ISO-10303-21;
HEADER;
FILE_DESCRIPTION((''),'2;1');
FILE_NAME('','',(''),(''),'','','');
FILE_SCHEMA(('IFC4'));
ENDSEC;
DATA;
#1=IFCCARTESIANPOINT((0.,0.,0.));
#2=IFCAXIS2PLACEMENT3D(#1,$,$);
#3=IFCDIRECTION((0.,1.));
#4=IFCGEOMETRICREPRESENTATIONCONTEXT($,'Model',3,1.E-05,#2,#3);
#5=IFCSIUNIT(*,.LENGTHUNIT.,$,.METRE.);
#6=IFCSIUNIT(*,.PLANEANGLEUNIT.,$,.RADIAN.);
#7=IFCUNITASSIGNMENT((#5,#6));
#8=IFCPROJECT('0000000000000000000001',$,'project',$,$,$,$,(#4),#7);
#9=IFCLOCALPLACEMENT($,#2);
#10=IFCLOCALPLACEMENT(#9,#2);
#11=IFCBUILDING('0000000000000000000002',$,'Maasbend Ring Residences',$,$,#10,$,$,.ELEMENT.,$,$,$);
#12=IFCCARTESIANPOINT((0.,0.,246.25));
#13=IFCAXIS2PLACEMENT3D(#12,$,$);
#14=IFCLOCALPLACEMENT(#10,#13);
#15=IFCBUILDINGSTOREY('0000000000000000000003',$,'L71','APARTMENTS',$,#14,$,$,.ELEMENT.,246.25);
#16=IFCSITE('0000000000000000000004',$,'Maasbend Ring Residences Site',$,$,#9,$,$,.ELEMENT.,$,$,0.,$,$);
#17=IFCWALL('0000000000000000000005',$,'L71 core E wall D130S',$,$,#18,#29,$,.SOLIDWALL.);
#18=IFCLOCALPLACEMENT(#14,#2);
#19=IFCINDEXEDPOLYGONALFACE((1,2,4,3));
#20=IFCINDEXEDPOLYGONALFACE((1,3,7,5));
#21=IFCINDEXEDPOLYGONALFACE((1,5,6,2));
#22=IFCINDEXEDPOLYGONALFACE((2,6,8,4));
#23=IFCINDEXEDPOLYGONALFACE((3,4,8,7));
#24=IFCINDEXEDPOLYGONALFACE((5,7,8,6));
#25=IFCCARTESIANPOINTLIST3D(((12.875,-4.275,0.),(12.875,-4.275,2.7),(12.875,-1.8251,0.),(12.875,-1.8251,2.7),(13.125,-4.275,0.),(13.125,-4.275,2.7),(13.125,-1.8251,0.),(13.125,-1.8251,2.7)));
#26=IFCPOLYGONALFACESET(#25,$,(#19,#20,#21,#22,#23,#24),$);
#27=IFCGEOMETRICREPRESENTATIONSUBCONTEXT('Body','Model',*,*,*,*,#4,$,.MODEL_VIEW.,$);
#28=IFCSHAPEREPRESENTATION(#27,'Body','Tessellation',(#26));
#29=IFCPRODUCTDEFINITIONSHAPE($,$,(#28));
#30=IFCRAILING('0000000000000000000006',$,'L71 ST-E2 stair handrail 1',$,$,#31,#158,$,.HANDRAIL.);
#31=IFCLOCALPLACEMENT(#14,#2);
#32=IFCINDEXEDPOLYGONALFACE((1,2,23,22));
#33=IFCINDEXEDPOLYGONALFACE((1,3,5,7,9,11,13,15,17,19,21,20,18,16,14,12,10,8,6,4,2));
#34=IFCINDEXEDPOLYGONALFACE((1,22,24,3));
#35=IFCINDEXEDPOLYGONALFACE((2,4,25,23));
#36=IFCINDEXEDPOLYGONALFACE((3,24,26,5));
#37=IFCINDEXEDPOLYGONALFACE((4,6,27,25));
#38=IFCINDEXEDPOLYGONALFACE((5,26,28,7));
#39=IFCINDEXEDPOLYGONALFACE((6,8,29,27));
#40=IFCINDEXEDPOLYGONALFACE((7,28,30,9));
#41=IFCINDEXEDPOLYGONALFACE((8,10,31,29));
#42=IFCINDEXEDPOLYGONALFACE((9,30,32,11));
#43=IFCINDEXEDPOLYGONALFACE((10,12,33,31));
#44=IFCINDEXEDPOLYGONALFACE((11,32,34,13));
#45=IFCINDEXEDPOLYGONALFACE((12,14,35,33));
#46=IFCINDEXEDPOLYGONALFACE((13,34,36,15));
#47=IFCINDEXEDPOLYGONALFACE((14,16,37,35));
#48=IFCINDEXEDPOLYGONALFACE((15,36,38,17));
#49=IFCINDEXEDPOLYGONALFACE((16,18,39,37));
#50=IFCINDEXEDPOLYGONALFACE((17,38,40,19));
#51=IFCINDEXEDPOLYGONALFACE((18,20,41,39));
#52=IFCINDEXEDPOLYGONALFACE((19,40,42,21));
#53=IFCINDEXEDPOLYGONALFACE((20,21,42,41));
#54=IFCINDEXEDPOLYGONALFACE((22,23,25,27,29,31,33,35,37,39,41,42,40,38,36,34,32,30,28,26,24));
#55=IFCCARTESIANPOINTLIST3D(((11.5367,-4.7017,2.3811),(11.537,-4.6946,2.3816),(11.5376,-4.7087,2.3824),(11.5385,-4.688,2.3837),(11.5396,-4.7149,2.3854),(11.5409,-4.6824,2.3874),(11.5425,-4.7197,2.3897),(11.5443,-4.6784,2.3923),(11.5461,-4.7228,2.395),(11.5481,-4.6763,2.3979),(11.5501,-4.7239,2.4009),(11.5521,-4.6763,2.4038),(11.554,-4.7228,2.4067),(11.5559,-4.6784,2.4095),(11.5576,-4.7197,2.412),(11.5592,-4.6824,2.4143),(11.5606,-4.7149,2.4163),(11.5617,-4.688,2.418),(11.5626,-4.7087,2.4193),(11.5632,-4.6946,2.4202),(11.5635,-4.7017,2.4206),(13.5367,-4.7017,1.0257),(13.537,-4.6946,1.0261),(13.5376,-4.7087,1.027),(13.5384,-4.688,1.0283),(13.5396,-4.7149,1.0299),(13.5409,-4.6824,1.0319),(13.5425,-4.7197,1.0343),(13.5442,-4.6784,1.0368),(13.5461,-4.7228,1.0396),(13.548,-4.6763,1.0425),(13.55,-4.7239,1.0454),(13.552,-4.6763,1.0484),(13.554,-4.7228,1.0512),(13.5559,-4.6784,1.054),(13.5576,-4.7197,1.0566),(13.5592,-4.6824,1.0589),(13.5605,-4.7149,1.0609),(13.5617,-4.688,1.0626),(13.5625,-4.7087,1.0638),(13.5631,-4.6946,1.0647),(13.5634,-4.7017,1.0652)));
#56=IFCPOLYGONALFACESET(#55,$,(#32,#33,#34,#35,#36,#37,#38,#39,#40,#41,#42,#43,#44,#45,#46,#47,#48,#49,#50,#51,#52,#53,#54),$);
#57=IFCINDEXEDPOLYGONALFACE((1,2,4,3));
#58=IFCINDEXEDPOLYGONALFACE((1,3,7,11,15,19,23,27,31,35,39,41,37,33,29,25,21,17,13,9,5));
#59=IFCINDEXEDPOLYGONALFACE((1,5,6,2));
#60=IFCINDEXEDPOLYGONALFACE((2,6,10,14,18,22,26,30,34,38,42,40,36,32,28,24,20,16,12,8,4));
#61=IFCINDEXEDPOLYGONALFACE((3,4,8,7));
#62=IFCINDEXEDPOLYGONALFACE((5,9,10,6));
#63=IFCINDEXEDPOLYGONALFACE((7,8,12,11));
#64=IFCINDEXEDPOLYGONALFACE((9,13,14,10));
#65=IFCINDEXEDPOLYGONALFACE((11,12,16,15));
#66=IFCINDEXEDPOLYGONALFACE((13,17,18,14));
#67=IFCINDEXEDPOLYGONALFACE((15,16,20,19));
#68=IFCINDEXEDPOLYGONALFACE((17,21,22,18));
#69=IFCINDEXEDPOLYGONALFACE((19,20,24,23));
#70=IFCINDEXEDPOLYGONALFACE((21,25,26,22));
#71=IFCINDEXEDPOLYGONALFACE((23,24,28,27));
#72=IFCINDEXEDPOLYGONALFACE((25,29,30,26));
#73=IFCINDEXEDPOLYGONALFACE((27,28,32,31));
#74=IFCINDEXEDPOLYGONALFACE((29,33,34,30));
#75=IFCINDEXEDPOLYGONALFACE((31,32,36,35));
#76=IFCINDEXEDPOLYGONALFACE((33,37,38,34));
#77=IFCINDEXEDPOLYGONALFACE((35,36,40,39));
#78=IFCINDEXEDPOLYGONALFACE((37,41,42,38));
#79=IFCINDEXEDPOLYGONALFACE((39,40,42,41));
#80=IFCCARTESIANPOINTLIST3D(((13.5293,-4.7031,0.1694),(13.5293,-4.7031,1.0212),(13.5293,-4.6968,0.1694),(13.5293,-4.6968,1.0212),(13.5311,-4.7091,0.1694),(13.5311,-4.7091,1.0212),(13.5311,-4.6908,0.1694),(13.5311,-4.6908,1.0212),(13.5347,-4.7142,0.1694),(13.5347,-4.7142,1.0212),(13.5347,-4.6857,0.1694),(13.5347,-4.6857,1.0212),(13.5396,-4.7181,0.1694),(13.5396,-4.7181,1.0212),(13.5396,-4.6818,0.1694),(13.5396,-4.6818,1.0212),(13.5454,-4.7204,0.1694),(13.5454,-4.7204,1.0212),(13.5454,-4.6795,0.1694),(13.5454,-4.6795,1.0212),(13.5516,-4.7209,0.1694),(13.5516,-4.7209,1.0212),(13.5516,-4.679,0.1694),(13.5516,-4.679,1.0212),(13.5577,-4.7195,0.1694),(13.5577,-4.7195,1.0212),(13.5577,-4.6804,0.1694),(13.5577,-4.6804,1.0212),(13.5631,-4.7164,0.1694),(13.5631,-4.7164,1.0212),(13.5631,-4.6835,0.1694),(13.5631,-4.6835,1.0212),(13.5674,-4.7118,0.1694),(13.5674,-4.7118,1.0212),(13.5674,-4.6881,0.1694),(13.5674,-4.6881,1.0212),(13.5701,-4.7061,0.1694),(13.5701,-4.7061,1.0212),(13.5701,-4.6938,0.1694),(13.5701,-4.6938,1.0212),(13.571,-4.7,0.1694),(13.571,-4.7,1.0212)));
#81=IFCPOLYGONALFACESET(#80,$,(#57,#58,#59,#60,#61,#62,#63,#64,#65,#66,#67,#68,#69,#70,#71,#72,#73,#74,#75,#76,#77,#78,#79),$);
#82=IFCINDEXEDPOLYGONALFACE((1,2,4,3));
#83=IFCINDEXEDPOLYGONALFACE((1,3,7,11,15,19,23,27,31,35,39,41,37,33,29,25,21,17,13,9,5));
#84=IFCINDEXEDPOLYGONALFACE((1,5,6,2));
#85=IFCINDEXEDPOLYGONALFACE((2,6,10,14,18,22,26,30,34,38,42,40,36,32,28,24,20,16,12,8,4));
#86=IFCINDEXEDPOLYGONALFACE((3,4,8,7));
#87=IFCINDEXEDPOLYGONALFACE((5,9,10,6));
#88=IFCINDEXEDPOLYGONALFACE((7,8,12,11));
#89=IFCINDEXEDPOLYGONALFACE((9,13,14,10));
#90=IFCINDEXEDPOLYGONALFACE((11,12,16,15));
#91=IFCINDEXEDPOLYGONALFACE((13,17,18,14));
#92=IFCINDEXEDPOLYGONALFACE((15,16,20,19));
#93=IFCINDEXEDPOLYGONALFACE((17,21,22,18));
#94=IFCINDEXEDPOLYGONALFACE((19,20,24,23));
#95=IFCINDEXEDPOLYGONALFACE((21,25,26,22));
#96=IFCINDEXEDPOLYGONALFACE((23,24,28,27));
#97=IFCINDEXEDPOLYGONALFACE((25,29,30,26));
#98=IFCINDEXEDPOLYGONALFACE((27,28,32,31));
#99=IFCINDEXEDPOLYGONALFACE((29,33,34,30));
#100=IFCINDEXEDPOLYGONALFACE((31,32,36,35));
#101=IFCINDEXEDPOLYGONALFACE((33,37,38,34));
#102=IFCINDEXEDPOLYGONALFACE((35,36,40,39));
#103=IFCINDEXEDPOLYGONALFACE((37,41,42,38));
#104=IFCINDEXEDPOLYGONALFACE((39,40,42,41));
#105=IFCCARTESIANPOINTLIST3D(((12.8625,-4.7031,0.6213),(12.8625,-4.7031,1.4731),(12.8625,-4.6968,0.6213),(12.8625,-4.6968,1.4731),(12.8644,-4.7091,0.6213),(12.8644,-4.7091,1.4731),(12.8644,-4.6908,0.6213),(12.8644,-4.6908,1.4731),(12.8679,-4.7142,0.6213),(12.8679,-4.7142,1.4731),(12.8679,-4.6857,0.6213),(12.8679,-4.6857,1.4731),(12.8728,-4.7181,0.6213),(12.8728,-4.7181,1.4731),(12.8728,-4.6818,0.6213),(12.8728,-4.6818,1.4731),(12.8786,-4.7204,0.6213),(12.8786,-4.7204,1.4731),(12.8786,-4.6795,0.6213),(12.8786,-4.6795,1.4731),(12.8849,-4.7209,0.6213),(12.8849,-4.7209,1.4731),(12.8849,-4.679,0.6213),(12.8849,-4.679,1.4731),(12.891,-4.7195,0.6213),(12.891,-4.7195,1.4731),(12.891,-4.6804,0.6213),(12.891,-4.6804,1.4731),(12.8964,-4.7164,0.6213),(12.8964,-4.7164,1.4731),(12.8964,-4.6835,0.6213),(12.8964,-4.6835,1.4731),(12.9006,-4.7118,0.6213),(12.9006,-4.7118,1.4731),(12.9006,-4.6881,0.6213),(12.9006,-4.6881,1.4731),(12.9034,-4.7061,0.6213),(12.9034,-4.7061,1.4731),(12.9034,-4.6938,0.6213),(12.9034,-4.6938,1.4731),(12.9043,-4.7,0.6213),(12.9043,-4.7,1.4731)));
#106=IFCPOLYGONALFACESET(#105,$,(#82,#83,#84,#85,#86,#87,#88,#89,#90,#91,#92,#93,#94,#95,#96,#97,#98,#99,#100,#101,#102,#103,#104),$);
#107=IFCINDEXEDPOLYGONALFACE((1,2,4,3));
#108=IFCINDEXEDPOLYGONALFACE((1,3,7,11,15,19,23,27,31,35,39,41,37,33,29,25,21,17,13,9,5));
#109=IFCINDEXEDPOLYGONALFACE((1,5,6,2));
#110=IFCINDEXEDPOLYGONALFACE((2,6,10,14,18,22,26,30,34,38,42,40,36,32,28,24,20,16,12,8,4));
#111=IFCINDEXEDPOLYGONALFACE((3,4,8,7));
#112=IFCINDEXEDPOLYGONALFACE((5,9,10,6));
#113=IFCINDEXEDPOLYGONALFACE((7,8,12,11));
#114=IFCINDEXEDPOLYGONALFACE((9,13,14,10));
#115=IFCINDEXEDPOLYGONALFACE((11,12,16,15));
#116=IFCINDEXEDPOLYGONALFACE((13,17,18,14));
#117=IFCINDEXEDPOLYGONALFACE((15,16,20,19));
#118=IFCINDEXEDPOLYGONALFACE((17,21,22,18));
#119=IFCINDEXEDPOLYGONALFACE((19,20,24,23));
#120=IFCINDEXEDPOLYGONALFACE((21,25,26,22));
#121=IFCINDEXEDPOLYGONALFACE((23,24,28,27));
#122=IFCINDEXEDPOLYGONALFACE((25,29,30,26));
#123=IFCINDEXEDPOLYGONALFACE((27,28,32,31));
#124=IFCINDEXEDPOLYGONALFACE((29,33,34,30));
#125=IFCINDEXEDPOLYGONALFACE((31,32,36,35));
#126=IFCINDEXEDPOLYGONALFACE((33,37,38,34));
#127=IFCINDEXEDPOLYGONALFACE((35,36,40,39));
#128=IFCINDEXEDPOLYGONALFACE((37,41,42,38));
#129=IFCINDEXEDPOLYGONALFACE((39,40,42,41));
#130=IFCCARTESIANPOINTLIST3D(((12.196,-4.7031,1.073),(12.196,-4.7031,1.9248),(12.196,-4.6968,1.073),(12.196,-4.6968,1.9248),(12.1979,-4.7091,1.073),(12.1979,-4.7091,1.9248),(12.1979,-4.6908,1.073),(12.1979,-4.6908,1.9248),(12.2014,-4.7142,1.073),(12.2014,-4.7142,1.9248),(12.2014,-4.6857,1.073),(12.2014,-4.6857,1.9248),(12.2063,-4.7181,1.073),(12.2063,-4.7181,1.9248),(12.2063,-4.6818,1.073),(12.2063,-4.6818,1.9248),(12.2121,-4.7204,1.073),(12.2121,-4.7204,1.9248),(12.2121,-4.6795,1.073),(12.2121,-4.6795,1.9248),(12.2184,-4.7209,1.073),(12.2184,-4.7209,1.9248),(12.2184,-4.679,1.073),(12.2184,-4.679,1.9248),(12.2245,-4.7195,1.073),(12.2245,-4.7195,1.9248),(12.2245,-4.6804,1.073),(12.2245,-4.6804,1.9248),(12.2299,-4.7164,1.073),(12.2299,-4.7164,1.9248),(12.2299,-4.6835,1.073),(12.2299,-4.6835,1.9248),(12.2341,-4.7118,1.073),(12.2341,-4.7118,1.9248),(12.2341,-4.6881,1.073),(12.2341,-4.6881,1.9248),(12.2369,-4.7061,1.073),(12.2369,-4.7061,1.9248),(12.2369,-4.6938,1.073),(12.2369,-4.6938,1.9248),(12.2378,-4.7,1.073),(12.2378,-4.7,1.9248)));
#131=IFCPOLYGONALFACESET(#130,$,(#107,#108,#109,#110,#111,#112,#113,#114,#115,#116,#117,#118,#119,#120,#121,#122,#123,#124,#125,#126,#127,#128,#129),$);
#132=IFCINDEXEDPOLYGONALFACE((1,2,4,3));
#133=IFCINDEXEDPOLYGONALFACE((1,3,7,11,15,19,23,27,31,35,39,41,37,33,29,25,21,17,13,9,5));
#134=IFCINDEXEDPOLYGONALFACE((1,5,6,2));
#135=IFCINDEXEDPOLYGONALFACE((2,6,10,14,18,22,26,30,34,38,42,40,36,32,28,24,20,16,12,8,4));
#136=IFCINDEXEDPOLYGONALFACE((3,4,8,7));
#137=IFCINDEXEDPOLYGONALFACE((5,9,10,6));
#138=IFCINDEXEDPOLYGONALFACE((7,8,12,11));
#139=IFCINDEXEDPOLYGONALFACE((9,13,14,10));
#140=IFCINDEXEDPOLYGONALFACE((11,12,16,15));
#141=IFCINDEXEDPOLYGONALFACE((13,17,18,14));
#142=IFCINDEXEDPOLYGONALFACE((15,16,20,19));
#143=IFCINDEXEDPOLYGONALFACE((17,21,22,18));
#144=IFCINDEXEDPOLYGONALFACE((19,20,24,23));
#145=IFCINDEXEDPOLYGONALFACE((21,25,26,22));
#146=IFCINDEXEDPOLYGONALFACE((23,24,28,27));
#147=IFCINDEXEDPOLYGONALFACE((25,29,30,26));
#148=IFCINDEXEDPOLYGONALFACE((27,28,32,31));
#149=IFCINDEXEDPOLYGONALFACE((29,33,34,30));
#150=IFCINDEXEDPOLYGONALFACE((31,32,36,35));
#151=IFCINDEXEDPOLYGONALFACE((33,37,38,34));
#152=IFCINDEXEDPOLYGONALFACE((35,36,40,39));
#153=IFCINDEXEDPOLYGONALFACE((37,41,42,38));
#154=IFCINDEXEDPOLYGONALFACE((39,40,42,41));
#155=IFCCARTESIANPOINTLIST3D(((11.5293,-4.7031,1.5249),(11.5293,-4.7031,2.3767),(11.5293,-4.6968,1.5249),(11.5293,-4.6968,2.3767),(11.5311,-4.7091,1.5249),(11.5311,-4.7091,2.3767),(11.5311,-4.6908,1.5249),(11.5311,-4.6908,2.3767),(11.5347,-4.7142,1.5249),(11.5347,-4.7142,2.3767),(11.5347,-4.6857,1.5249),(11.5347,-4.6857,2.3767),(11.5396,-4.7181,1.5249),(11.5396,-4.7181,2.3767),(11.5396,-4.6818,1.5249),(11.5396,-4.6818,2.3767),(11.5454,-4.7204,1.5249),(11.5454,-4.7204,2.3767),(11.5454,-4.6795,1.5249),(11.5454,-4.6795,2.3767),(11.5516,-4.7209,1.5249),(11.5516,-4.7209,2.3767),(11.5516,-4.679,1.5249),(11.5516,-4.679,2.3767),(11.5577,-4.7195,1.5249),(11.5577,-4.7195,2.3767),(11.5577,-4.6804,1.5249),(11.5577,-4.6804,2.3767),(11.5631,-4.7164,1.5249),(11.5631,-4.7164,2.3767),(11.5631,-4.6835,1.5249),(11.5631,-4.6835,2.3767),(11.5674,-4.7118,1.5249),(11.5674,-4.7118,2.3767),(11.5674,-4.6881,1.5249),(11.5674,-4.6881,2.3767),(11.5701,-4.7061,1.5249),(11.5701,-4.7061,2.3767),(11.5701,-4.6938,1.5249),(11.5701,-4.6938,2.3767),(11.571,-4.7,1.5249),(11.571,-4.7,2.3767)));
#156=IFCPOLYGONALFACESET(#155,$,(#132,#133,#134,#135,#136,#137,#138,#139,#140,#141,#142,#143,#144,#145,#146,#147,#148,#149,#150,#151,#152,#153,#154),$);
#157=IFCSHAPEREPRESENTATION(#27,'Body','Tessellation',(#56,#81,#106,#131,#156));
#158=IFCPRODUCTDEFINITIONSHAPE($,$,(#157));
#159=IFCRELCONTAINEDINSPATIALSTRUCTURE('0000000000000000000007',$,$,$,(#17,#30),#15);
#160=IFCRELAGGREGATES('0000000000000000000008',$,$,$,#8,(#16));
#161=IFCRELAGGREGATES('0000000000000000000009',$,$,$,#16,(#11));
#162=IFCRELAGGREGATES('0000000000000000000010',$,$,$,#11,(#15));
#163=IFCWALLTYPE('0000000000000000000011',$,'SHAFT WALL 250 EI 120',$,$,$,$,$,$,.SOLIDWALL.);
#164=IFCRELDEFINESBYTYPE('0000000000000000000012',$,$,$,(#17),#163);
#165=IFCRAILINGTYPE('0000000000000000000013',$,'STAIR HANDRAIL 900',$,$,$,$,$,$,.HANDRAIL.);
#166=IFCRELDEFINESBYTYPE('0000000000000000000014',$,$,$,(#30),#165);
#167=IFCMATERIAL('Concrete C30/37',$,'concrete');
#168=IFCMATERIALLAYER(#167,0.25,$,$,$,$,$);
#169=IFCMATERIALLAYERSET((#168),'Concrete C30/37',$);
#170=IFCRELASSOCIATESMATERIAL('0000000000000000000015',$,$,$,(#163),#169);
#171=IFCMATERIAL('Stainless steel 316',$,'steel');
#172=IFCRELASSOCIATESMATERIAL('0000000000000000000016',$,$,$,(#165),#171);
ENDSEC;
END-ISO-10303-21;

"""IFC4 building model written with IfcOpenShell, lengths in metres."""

from ifc_helpers import new_model, si_unit, direction, frame, frame_2d, origin, origin_2d, place, context, subcontext, project, spatial, rectangle, circle, extrude, material, layer, layer_set, type_object, element, save


model = new_model("IFC4")

# Units and contexts
model_context = context("Model", 3, precision=1e-05, world=origin(), true_north=direction((0.0, 1.0)))
body_context = subcontext(model_context, "Body", "Model", "MODEL_VIEW")
ifc_project = project(units=[si_unit("LENGTHUNIT", "METRE"), si_unit("PLANEANGLEUNIT", "RADIAN")], contexts=[model_context])

# Site, building, storey
site_placement = place(None, origin())
site = spatial("IfcSite", under=ifc_project, at=site_placement, Name="Maasbend Ring Residences Site", CompositionType="ELEMENT", RefElevation=0.0)
building_placement = place(site_placement, origin())
building = spatial("IfcBuilding", under=site, at=building_placement, Name="Maasbend Ring Residences", CompositionType="ELEMENT")
storey_placement = place(building_placement, frame((0.0, 0.0, 246.25)))
storey = spatial("IfcBuildingStorey", under=building, at=storey_placement, Name="L71", Description="APARTMENTS", CompositionType="ELEMENT", Elevation=246.25)

# Wall
ifc_material_1 = material(Name="Concrete C30/37", Category="concrete")
ifc_layer_1 = layer(ifc_material_1, 0.25)
ifc_layer_set_1 = layer_set([ifc_layer_1], Name="Concrete C30/37")
wall_type_1 = type_object("IfcWallType", Name="SHAFT WALL 250 EI 120", PredefinedType="SOLIDWALL", material=ifc_layer_set_1)
for number, where, z_axis, x_axis, name in (
    (1, (13.0, -1.825, 0.0), (0.0, 0.0, 1.0), (0.0, -1.0, 0.0), "L71 core E wall D130S"),
):
    element("IfcWall", number, at=place(storey_placement, frame(where, z_axis=z_axis, x_axis=x_axis)), inside=storey, type_object=wall_type_1, Name=name, PredefinedType="SOLIDWALL", context=body_context, shape_type="SweptSolid", body=[
        extrude(rectangle(XDim=2.45, YDim=0.25, at=frame_2d((1.2251, 0.0))), origin(), (0.0, 0.0, 1.0), 2.7),
    ])

# Railing
ifc_material_2 = material(Name="Stainless steel 316", Category="steel")
railing_type_1 = type_object("IfcRailingType", Name="STAIR HANDRAIL 900", PredefinedType="HANDRAIL", material=ifc_material_2)
railing_1_placement = place(storey_placement, frame((13.55, -4.7, 0.1694)))
element("IfcRailing", 2, at=railing_1_placement, inside=storey, type_object=railing_type_1, Name="L71 ST-E2 stair handrail 1", PredefinedType="HANDRAIL", context=body_context, shape_type="SweptSolid", body=[
    extrude(circle(Radius=0.0239, at=origin_2d()), frame((0.0, 0.0, 0.876), z_axis=(-0.827798, 0.0, 0.561027), x_axis=(0.0, -1.0, 0.0)), (0.0, 0.0, 1.0), 2.416),
    extrude(circle(Radius=0.021, at=origin_2d()), origin(), (0.0, 0.0, 1.0), 0.8518),
    extrude(circle(Radius=0.021, at=origin_2d()), frame((-0.6667, 0.0, 0.4519)), (0.0, 0.0, 1.0), 0.8518),
    extrude(circle(Radius=0.021, at=origin_2d()), frame((-1.3333, 0.0, 0.9036)), (0.0, 0.0, 1.0), 0.8518),
    extrude(circle(Radius=0.021, at=origin_2d()), frame((-2.0, 0.0, 1.3555)), (0.0, 0.0, 1.0), 0.8518),
])

save(model, "model.ifc")
